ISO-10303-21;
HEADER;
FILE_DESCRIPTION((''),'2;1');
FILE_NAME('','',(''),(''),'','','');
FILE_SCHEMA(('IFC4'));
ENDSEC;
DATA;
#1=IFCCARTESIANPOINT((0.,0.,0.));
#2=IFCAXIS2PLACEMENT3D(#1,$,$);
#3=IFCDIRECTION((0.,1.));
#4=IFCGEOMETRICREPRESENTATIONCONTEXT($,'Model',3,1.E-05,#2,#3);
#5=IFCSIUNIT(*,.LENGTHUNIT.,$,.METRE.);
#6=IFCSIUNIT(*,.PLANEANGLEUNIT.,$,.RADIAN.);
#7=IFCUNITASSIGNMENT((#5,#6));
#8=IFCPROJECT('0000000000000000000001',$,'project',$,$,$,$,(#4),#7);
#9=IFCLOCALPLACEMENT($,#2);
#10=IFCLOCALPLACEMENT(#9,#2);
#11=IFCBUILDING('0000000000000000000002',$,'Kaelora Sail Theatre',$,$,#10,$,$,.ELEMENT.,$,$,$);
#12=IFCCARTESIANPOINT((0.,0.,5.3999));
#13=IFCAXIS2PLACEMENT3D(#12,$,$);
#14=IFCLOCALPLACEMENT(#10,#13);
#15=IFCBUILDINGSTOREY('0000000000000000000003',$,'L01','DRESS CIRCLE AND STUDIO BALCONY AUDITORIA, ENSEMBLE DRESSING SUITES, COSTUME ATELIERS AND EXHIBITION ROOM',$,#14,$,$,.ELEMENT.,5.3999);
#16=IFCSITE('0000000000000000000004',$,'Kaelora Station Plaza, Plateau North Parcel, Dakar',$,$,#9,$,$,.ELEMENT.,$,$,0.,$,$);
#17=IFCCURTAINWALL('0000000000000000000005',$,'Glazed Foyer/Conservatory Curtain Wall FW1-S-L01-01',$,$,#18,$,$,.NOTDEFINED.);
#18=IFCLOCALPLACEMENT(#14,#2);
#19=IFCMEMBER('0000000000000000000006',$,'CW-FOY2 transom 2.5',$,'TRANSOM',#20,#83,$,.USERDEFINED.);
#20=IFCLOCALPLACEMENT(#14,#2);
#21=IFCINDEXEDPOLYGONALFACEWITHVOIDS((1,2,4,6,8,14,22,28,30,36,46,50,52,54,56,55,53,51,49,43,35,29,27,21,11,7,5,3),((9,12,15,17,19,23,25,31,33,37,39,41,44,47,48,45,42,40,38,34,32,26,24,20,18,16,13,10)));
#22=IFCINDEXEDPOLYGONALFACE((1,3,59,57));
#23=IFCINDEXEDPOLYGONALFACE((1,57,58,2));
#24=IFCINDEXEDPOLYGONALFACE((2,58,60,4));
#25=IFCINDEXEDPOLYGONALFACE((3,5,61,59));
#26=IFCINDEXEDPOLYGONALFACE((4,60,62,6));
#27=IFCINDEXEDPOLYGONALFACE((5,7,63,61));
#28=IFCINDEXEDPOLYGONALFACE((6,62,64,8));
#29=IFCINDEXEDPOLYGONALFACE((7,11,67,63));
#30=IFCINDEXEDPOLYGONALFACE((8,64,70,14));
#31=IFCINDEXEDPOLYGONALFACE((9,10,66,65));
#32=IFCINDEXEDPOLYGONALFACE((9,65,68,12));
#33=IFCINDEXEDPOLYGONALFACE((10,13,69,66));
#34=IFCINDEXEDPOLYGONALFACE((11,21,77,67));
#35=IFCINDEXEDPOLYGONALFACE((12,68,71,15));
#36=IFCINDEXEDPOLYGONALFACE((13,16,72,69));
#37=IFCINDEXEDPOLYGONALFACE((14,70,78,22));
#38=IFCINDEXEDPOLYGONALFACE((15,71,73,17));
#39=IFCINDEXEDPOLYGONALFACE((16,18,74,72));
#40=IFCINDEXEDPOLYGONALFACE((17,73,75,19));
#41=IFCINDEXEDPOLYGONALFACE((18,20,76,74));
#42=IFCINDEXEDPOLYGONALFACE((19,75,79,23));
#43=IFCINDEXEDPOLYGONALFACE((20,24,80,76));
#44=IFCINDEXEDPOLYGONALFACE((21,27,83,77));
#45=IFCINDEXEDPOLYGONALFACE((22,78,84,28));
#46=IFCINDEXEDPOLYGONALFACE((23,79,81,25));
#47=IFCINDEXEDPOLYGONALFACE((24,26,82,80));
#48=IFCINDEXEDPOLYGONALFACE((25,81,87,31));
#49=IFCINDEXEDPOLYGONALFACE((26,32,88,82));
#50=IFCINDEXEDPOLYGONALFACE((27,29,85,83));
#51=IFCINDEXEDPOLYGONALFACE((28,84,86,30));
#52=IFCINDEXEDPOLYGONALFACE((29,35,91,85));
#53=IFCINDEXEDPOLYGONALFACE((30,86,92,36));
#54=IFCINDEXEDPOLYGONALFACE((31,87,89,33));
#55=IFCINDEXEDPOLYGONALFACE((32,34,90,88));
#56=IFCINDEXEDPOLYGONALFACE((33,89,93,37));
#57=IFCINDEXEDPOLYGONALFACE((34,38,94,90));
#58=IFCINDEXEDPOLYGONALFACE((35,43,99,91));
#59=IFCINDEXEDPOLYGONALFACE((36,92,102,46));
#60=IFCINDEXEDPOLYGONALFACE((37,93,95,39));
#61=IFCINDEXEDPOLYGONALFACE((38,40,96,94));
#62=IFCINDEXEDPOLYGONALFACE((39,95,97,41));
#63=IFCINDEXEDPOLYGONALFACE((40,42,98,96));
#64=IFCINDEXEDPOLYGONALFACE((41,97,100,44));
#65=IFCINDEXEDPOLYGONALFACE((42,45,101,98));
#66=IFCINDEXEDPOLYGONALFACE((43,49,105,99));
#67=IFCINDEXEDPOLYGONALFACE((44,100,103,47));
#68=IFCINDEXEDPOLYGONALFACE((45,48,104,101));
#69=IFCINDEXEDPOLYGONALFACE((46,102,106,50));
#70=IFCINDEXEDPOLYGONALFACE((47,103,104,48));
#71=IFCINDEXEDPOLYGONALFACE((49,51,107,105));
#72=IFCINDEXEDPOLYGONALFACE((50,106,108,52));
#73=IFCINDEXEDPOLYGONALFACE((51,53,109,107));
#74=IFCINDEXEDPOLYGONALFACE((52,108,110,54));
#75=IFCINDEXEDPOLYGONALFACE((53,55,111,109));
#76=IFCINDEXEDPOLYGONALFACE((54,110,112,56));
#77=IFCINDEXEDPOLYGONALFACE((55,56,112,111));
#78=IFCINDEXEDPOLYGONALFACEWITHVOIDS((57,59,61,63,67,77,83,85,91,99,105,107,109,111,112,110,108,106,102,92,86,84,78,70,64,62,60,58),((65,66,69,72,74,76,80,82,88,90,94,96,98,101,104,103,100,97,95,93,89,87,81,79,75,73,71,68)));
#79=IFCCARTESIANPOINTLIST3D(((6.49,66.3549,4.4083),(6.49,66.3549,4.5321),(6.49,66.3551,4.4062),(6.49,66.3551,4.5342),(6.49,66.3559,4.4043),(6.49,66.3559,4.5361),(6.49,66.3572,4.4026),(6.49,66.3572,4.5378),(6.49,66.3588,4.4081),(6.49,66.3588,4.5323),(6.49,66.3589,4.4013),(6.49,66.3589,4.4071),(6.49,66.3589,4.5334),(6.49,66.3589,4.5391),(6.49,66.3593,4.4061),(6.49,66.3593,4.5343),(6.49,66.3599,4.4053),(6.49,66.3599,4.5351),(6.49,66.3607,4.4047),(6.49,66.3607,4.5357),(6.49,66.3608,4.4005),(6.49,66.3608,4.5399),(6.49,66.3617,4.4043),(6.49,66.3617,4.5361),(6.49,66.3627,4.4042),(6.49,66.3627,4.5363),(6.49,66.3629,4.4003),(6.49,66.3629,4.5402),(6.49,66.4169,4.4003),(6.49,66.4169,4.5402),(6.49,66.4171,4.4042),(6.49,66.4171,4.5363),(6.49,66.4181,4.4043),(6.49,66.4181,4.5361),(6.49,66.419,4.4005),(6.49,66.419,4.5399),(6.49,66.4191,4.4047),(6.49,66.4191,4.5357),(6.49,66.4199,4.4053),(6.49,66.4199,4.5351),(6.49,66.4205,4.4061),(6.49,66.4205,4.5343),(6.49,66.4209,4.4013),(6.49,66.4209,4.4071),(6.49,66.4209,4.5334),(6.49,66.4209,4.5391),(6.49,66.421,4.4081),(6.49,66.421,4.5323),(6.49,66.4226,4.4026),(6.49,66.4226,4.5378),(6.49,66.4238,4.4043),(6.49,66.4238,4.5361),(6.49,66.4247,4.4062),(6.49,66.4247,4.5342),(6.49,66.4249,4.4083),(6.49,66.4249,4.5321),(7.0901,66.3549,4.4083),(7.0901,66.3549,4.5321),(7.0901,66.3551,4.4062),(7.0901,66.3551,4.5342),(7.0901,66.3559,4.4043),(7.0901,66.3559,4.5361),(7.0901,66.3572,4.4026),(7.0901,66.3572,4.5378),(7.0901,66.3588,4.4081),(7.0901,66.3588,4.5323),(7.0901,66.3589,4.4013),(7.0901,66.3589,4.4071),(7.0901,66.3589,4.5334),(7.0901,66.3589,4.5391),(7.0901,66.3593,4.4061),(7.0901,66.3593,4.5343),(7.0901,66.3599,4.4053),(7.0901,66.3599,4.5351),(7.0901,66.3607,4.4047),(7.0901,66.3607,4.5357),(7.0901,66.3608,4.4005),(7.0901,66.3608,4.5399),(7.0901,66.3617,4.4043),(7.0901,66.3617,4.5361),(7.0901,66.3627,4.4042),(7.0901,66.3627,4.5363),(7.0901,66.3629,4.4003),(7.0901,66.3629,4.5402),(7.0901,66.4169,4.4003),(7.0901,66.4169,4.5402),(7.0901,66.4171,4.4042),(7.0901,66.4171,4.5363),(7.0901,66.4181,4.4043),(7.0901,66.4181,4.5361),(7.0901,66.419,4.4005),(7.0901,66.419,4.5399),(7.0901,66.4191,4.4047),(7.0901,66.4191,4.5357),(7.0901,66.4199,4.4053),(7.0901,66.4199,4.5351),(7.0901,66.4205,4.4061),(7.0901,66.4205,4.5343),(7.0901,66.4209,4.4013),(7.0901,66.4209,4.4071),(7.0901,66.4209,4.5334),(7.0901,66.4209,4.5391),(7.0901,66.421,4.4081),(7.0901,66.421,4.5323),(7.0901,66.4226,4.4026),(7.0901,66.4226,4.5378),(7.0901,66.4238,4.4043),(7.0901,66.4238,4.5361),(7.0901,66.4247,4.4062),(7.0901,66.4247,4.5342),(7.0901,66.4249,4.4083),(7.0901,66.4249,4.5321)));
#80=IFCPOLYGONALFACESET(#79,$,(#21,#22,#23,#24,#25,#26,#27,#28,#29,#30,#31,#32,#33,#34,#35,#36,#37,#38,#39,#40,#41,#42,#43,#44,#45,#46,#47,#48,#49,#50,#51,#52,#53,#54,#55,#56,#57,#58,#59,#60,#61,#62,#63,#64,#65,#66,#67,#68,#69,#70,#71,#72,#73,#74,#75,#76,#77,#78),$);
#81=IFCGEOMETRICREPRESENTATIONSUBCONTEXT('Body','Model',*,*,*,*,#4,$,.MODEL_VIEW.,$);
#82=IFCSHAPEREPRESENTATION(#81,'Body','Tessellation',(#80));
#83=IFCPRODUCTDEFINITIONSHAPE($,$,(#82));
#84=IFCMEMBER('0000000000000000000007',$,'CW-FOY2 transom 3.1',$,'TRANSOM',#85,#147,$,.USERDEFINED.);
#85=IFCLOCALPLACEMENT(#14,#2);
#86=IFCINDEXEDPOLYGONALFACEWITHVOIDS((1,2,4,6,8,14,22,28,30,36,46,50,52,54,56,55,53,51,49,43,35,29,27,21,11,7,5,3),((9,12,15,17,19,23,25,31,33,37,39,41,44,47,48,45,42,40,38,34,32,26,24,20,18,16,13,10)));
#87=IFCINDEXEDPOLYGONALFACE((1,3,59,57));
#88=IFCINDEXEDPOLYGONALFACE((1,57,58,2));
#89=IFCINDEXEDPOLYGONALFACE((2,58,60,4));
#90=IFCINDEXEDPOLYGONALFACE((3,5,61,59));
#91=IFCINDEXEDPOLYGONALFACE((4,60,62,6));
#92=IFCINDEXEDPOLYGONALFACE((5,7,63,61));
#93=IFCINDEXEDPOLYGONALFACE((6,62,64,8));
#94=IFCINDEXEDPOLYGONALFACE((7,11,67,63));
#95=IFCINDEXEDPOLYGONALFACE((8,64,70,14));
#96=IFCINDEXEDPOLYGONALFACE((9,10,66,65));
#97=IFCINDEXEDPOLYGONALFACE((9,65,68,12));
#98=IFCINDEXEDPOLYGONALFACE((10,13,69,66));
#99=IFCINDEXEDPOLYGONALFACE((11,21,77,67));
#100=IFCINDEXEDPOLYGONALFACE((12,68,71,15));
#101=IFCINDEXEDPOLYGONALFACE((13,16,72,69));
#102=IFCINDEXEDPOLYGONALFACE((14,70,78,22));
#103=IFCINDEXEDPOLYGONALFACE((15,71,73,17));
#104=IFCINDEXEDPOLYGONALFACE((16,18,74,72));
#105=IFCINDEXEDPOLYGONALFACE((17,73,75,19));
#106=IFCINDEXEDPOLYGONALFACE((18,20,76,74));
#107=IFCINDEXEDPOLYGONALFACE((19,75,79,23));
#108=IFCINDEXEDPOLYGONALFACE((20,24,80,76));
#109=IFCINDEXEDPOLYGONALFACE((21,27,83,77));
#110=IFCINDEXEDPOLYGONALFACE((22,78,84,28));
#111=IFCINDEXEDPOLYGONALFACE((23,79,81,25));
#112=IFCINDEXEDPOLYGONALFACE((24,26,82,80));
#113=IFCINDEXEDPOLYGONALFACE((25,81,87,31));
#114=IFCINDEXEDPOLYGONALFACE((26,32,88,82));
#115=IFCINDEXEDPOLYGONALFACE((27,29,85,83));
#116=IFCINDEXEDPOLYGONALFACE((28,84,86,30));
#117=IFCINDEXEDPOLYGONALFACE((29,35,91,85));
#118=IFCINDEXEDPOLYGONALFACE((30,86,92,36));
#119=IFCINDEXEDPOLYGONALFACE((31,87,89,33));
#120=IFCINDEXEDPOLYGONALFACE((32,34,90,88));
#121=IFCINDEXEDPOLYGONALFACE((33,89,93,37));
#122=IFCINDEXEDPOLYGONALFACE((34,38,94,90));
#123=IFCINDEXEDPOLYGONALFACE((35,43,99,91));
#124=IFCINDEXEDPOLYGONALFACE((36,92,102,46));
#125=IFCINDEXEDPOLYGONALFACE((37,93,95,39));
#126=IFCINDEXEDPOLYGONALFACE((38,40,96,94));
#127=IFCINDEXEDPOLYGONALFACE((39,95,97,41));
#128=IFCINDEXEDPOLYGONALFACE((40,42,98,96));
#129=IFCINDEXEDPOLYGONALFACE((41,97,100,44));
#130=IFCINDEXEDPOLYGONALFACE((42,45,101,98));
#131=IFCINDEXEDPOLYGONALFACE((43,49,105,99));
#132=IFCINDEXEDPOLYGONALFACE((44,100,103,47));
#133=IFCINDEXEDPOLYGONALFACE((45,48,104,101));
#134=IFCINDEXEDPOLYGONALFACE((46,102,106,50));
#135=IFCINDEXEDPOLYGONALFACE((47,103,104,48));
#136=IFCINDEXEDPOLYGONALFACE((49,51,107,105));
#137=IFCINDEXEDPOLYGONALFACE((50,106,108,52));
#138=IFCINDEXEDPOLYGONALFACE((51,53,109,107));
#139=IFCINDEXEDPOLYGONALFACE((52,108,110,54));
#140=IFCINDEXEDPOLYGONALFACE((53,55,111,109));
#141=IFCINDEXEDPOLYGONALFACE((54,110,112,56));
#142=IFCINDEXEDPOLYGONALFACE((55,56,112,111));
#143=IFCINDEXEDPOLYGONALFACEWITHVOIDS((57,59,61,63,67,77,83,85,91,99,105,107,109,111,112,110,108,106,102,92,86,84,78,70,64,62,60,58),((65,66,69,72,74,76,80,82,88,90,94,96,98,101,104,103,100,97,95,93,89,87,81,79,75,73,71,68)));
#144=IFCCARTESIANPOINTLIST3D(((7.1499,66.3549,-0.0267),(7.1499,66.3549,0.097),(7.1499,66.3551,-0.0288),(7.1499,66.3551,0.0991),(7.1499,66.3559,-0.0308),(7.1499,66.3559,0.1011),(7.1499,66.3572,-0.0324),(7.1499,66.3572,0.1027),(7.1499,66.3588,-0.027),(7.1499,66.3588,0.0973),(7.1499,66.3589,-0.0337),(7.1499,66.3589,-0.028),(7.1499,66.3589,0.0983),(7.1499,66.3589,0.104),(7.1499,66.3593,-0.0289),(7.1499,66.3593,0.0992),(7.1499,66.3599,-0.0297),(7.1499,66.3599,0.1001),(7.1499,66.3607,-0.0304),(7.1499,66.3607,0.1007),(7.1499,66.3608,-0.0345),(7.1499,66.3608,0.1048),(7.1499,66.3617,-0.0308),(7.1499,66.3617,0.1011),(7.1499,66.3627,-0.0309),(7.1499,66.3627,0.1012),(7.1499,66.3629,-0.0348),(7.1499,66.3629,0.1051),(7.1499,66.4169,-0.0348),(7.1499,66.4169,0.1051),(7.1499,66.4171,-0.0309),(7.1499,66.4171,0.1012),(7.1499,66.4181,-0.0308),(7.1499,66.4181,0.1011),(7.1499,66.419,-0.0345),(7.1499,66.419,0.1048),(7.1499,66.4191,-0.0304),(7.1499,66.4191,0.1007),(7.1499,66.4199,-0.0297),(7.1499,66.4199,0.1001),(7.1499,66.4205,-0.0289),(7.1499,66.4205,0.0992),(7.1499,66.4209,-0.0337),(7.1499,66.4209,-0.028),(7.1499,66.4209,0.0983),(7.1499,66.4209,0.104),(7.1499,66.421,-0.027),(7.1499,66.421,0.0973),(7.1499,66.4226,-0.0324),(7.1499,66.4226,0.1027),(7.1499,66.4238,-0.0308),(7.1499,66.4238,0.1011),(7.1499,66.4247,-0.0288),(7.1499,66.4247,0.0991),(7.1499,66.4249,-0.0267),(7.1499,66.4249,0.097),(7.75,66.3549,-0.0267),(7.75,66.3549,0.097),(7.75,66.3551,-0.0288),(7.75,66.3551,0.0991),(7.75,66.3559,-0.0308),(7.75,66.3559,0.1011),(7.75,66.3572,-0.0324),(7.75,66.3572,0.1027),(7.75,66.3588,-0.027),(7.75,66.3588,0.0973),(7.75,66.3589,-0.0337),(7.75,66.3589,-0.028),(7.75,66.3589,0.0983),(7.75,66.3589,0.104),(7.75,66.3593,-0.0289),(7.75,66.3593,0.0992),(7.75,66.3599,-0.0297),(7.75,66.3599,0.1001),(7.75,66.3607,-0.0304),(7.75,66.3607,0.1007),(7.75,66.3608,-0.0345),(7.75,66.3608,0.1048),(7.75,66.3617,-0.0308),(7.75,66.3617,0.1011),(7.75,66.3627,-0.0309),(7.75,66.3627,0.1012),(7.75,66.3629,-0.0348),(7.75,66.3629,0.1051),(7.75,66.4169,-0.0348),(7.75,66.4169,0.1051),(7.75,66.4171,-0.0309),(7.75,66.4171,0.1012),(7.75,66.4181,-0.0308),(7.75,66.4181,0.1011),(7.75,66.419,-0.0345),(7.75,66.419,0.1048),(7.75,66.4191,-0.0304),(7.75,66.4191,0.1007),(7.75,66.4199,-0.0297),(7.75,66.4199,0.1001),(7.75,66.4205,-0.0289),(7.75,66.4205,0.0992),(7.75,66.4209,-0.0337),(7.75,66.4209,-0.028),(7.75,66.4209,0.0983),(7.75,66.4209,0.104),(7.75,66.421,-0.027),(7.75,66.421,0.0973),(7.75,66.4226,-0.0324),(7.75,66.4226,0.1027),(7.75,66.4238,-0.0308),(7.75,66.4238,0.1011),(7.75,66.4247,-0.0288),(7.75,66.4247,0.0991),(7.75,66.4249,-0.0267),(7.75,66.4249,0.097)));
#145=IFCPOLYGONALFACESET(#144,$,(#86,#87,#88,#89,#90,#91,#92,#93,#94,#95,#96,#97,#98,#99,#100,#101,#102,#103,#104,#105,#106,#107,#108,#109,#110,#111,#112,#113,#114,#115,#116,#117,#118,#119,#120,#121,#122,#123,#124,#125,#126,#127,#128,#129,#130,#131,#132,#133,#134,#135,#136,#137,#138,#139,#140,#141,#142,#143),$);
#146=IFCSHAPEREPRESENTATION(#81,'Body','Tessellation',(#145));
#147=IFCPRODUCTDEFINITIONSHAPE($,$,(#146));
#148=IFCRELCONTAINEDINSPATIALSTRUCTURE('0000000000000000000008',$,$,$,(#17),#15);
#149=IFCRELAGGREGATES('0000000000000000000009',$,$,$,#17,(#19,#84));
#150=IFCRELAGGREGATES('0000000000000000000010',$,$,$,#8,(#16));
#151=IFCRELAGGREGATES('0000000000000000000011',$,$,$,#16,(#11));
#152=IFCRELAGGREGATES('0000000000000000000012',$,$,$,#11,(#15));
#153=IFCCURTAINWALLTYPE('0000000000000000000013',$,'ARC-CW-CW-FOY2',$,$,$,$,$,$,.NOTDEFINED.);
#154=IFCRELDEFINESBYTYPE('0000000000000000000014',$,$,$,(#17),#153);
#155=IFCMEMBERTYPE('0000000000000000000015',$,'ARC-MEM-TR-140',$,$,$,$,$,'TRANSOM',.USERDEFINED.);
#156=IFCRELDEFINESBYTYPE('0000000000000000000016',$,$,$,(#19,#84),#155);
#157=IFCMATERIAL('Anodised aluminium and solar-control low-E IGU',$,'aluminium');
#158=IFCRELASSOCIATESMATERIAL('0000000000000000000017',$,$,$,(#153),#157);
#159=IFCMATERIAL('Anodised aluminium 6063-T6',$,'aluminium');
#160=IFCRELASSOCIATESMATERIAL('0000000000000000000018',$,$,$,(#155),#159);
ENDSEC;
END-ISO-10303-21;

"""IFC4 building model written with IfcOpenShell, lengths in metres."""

from ifc_helpers import new_model, si_unit, direction, frame, origin, origin_2d, place, context, subcontext, project, spatial, hollow_rectangle, extrude, material, material_profile, profile_set, type_object, element, aggregate, save


model = new_model("IFC4")

# Units and contexts
model_context = context("Model", 3, precision=1e-05, world=origin(), true_north=direction((0.0, 1.0)))
body_context = subcontext(model_context, "Body", "Model", "MODEL_VIEW")
ifc_project = project(units=[si_unit("LENGTHUNIT", "METRE"), si_unit("PLANEANGLEUNIT", "RADIAN")], contexts=[model_context])

# Site, building, storey
site_placement = place(None, origin())
site = spatial("IfcSite", under=ifc_project, at=site_placement, Name="Kaelora Station Plaza, Plateau North Parcel, Dakar", CompositionType="ELEMENT", RefElevation=0.0)
building_placement = place(site_placement, origin())
building = spatial("IfcBuilding", under=site, at=building_placement, Name="Kaelora Sail Theatre", CompositionType="ELEMENT")
storey_placement = place(building_placement, frame((0.0, 0.0, 5.3999)))
storey = spatial("IfcBuildingStorey", under=building, at=storey_placement, Name="L01", Description="DRESS CIRCLE AND STUDIO BALCONY AUDITORIA, ENSEMBLE DRESSING SUITES, COSTUME ATELIERS AND EXHIBITION ROOM", CompositionType="ELEMENT", Elevation=5.3999)

# Curtain wall, members
ifc_material_1 = material(Name="Anodised aluminium and solar-control low-E IGU", Category="aluminium")
curtain_wall_type = type_object("IfcCurtainWallType", Name="ARC-CW-CW-FOY2", PredefinedType="NOTDEFINED", material=ifc_material_1)
curtain_wall_placement = place(storey_placement, origin())
curtain_wall = element("IfcCurtainWall", 1, at=curtain_wall_placement, inside=storey, type_object=curtain_wall_type, Name="Glazed Foyer/Conservatory Curtain Wall FW1-S-L01-01", PredefinedType="NOTDEFINED")
ifc_material_2 = material(Name="Anodised aluminium 6063-T6", Category="aluminium")
ifc_material_profile_1 = material_profile(ifc_material_2, hollow_rectangle(XDim=0.0701, YDim=0.1399, WallThickness=0.0039, InnerFilletRadius=0.0039, OuterFilletRadius=0.0081, at=origin_2d()), Name="ALU-TRAN 70x140x4")
ifc_profile_set_1 = profile_set([ifc_material_profile_1], Name="Anodised aluminium 6063-T6")
member_type_1 = type_object("IfcMemberType", Name="ARC-MEM-TR-140", ElementType="TRANSOM", PredefinedType="USERDEFINED", material=ifc_profile_set_1)
member_1_placement = place(storey_placement, frame((6.49, 66.3899, 4.4702), z_axis=(1.0, 0.0, 0.0), x_axis=(0.0, 1.0, 0.0)))
member_1 = element("IfcMember", 2, at=member_1_placement, type_object=member_type_1, Name="CW-FOY2 transom 2.5", ObjectType="TRANSOM", PredefinedType="USERDEFINED", context=body_context, shape_type="SweptSolid", body=[
    extrude(hollow_rectangle(XDim=0.0701, YDim=0.1399, WallThickness=0.0039, InnerFilletRadius=0.0039, OuterFilletRadius=0.0081, at=origin_2d()), origin(), (0.0, 0.0, 1.0), 0.6001),
])
member_2_placement = place(storey_placement, frame((7.1499, 66.3899, 0.0352), z_axis=(1.0, 0.0, 0.0), x_axis=(0.0, 1.0, 0.0)))
member_2 = element("IfcMember", 3, at=member_2_placement, type_object=member_type_1, Name="CW-FOY2 transom 3.1", ObjectType="TRANSOM", PredefinedType="USERDEFINED", context=body_context, shape_type="SweptSolid", body=[
    extrude(hollow_rectangle(XDim=0.0701, YDim=0.1399, WallThickness=0.0039, InnerFilletRadius=0.0039, OuterFilletRadius=0.0081, at=origin_2d()), origin(), (0.0, 0.0, 1.0), 0.6001),
])
aggregate(curtain_wall, [member_1, member_2])

save(model, "model.ifc")
